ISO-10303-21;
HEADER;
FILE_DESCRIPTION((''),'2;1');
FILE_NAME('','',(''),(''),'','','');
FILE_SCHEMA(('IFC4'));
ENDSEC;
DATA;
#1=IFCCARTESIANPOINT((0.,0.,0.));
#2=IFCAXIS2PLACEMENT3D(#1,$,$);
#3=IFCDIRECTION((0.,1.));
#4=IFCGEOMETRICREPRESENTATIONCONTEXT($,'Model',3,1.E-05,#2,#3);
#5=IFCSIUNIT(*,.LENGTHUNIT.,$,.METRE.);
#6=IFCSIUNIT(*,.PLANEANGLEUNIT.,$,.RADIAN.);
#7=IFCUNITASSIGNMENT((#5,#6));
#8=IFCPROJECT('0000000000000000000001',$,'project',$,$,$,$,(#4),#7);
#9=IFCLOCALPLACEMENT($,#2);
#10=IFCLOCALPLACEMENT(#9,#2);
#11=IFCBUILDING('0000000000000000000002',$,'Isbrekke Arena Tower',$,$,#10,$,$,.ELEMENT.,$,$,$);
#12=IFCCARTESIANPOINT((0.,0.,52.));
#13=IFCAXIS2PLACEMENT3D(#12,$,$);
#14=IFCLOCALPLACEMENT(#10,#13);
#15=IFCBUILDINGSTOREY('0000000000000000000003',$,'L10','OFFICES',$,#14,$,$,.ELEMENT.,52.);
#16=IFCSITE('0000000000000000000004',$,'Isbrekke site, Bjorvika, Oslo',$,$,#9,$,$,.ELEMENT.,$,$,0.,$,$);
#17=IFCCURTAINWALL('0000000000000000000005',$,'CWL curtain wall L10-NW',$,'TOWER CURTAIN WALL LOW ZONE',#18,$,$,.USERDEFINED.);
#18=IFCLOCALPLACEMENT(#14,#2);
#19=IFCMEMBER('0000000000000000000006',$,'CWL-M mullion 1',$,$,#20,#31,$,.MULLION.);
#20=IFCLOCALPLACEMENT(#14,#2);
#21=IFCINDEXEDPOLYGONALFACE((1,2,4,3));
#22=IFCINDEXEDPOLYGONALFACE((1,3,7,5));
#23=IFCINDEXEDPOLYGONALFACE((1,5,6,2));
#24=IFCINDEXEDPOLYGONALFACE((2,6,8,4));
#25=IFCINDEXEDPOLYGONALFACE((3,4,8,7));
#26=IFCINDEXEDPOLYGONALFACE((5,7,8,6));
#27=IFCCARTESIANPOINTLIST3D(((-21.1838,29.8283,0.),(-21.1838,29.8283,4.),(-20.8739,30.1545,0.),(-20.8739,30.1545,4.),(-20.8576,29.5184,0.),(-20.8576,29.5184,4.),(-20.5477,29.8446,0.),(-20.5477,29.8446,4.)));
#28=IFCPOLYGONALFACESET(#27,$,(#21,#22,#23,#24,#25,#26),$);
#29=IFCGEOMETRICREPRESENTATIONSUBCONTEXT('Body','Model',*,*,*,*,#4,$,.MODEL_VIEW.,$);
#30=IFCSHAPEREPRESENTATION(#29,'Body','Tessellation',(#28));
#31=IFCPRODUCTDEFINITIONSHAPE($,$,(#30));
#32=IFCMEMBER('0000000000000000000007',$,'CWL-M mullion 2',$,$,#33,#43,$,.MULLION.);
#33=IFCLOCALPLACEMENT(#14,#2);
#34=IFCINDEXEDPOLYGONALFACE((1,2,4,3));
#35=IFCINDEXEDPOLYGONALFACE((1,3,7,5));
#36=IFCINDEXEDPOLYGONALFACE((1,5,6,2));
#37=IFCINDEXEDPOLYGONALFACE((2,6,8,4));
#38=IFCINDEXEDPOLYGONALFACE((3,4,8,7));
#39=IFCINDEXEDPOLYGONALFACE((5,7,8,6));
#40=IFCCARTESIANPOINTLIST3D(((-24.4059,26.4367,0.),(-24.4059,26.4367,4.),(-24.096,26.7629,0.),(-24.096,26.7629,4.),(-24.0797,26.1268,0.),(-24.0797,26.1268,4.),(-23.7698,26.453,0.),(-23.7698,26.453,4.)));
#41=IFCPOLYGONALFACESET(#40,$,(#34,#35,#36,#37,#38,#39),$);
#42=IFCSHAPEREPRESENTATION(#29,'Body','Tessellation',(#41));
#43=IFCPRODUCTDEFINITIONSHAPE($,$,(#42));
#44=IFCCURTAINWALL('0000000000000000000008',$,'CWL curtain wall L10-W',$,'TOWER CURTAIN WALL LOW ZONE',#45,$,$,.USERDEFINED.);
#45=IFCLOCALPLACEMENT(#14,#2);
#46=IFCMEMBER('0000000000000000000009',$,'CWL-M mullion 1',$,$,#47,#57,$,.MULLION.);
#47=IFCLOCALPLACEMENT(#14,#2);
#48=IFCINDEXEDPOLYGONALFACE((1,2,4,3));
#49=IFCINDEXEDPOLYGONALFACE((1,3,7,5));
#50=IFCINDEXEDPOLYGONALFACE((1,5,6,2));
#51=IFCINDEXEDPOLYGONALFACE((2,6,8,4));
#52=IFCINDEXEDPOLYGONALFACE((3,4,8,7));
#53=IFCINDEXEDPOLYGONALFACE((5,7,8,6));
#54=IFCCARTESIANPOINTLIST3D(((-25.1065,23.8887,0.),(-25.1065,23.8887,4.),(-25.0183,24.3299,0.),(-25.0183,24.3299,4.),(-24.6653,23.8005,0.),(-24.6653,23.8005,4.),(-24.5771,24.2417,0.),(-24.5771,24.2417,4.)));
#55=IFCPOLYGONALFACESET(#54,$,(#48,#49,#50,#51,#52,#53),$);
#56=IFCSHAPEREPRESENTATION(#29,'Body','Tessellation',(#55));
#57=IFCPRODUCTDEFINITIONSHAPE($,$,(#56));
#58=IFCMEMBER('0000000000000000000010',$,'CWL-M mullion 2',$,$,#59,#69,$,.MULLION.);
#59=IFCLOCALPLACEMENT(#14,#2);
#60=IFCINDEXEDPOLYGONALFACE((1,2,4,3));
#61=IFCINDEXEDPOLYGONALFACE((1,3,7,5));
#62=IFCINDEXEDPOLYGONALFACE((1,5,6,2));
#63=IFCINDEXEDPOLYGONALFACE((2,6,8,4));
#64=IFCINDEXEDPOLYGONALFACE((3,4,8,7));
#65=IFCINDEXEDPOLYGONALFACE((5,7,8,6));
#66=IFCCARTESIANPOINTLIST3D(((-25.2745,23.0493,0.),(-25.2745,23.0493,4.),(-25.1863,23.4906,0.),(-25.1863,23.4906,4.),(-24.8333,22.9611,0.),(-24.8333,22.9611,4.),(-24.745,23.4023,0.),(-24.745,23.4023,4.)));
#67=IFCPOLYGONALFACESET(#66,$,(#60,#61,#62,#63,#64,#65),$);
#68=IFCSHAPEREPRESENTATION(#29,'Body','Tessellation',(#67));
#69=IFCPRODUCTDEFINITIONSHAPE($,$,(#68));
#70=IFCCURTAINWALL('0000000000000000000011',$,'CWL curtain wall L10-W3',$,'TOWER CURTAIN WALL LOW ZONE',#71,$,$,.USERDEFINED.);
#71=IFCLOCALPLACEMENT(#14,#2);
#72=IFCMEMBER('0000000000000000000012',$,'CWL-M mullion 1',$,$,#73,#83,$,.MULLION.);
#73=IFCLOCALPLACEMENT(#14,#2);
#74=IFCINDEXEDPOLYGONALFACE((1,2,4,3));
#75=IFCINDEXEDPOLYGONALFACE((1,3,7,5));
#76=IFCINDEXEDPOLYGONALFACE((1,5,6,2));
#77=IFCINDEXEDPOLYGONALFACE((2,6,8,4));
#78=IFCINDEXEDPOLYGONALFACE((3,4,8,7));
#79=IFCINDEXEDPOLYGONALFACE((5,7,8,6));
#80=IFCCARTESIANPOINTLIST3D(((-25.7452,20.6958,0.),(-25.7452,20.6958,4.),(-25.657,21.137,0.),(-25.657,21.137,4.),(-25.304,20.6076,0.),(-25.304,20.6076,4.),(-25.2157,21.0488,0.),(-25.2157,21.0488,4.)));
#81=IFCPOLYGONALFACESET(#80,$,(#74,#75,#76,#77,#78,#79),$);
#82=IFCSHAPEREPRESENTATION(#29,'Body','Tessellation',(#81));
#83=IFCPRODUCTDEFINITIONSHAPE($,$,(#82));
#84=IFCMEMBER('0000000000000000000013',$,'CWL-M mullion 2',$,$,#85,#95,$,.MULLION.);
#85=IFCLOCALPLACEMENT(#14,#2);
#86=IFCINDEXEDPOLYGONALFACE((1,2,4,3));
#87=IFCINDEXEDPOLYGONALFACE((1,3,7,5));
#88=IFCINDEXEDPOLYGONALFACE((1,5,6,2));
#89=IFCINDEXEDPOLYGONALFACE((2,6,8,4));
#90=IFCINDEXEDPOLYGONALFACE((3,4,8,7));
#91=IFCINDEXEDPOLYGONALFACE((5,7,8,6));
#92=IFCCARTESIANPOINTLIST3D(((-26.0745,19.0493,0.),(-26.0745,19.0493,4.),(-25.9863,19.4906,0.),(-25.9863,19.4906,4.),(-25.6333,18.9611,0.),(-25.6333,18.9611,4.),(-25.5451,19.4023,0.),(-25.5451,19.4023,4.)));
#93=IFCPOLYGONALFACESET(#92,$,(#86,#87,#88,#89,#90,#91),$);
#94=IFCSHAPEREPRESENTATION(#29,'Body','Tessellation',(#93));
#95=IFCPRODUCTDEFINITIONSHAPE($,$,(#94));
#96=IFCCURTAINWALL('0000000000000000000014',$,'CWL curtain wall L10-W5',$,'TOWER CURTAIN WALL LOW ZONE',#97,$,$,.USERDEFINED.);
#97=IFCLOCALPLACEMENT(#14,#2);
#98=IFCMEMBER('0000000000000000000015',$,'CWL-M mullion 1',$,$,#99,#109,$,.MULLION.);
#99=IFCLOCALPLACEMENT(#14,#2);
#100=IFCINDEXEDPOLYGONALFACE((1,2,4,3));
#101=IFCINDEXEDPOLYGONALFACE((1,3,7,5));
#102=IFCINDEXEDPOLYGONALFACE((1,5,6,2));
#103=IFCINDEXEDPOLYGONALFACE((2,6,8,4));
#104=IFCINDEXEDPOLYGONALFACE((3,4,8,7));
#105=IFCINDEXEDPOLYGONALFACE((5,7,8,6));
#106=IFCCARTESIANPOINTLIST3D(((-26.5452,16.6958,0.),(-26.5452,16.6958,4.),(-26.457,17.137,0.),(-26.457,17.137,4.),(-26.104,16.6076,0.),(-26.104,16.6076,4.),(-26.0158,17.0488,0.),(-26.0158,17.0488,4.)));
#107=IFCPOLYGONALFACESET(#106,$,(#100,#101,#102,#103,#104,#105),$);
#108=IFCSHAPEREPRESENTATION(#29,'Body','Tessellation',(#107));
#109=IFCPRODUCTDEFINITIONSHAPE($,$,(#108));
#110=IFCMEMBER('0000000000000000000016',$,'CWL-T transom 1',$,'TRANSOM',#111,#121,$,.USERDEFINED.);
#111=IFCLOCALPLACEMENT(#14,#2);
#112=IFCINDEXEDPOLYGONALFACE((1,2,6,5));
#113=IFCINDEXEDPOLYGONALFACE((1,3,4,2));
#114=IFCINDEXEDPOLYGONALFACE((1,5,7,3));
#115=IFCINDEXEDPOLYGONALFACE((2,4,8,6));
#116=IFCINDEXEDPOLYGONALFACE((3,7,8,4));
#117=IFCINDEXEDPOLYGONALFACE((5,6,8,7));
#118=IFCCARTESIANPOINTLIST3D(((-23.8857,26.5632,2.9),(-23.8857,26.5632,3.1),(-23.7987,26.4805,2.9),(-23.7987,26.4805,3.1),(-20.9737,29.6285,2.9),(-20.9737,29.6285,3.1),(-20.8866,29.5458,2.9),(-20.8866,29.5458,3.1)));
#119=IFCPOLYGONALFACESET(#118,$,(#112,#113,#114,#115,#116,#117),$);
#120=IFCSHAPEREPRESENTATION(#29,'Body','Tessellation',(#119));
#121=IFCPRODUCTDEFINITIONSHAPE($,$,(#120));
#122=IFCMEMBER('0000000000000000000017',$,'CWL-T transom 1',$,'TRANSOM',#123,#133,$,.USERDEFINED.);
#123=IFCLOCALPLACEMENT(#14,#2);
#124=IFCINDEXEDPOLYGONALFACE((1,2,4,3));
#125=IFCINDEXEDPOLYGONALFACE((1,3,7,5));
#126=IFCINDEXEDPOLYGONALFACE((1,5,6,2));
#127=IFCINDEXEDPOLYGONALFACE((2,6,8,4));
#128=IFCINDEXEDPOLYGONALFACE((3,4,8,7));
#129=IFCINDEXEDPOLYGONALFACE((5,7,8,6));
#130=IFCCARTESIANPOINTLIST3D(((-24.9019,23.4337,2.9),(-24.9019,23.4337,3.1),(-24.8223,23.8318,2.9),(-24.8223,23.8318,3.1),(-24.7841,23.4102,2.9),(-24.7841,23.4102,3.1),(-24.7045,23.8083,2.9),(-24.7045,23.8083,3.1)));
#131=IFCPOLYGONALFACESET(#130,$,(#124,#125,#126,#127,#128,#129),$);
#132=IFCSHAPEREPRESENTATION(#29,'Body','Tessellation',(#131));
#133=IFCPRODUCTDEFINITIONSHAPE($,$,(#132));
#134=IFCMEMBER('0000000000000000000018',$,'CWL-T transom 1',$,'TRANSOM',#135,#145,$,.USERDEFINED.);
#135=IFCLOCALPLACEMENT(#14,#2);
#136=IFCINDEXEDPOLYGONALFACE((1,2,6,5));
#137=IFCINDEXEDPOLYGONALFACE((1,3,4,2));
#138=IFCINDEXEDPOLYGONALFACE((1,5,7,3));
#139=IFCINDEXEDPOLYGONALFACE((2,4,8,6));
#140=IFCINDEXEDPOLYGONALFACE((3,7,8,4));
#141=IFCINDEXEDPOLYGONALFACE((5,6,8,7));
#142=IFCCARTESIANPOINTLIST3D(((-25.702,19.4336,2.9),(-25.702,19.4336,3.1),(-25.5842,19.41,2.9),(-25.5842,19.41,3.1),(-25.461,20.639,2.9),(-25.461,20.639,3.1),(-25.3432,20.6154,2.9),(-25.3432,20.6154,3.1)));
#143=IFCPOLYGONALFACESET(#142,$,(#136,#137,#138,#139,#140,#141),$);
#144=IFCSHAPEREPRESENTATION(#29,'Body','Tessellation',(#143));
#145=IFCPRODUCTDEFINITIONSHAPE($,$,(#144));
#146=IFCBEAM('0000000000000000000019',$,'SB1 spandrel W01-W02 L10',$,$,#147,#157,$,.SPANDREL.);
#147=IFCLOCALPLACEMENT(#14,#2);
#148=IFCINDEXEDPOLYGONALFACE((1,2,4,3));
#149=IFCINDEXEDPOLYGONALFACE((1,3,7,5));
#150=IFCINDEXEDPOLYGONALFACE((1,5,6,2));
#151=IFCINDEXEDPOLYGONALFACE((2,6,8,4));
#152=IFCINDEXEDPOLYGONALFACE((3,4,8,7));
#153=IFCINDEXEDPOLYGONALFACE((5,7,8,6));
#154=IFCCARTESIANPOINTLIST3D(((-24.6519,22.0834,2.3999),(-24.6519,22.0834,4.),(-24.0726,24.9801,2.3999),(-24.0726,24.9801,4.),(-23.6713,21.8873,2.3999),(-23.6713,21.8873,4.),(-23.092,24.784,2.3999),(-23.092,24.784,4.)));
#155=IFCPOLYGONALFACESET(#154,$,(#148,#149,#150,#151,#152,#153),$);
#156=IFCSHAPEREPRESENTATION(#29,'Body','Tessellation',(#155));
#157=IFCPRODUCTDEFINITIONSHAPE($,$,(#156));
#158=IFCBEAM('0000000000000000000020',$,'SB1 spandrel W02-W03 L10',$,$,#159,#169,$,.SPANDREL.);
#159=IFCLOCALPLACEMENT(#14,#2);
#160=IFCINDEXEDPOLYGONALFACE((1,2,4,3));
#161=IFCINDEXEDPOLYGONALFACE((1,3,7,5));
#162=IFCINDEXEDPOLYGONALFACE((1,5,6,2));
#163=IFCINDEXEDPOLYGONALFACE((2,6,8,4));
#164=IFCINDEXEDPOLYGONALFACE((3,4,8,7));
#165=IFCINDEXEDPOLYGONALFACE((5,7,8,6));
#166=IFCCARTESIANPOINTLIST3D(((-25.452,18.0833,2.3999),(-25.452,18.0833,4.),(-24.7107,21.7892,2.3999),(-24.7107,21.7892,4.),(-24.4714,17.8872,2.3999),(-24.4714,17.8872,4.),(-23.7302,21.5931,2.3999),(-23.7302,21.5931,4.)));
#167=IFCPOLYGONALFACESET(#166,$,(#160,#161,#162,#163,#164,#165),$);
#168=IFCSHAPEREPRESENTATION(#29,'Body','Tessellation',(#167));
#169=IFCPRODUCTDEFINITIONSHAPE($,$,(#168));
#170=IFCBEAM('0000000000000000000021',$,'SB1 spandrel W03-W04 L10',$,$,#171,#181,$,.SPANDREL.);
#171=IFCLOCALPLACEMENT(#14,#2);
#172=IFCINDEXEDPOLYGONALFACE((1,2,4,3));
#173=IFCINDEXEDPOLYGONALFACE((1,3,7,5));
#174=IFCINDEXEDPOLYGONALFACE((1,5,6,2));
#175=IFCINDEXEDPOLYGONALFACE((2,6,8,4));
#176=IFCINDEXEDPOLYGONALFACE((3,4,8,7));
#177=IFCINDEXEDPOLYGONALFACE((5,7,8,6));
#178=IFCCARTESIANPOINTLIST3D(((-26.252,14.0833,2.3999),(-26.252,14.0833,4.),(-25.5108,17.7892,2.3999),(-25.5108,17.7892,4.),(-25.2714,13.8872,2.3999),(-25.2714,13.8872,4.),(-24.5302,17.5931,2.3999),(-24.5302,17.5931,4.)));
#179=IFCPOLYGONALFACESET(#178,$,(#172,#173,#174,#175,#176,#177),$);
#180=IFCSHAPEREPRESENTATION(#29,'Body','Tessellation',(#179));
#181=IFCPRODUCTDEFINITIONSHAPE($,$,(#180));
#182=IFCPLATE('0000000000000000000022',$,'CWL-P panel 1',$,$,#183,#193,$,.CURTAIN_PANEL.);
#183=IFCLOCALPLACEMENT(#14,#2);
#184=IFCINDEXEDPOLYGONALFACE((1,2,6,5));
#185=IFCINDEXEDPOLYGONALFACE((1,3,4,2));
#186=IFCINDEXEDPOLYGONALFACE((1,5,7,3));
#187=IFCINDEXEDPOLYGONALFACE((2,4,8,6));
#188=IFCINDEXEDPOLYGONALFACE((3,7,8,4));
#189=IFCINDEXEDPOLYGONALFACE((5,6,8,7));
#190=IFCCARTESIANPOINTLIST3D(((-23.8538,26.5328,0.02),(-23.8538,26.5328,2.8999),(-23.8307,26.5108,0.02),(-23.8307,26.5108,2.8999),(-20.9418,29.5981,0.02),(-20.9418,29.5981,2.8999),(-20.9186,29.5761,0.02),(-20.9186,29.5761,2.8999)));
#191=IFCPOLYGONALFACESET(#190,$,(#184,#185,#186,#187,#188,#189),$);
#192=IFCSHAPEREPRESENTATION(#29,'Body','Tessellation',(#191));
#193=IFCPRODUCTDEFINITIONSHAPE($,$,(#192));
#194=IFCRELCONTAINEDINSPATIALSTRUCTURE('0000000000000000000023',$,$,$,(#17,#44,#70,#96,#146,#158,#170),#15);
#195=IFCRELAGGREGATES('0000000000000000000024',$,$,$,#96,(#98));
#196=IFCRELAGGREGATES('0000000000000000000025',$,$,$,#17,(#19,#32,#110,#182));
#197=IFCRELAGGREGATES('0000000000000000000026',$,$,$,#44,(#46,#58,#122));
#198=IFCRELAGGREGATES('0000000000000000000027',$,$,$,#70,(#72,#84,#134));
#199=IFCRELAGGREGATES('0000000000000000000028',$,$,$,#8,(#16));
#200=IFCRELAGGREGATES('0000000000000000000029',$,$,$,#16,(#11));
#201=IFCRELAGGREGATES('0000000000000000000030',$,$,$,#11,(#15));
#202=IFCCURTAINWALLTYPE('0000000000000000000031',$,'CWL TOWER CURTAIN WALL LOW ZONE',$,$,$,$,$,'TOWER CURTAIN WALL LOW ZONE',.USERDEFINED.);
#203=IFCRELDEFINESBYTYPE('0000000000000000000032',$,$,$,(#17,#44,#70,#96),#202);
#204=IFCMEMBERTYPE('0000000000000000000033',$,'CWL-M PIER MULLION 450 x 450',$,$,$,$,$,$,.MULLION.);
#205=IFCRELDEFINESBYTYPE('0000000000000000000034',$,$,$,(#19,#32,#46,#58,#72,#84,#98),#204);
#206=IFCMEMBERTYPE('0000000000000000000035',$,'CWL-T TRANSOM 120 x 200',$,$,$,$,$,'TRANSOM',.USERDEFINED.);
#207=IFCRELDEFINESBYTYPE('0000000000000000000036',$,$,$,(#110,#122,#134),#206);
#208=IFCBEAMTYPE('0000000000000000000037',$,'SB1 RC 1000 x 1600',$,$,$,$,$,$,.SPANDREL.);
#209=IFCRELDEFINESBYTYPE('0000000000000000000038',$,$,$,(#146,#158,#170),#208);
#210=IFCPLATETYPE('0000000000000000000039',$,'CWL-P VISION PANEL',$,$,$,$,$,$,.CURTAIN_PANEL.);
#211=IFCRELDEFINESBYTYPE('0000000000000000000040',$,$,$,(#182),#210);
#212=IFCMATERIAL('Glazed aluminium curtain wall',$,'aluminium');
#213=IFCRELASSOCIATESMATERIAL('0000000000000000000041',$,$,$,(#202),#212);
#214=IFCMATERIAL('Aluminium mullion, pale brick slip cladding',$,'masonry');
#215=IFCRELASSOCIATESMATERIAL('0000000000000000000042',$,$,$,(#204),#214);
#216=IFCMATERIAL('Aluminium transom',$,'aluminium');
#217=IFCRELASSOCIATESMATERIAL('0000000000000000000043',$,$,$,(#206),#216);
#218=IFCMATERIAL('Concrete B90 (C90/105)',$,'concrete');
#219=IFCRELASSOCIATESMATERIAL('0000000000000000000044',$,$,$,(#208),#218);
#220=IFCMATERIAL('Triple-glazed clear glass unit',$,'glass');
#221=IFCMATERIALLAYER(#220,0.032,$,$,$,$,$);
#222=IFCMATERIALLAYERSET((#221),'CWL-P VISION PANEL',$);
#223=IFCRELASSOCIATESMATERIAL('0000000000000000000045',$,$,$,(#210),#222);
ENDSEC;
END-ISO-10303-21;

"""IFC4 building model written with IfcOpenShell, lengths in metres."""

from ifc_helpers import new_model, si_unit, direction, frame, origin, origin_2d, place, context, subcontext, project, spatial, rectangle, extrude, material, layer, layer_set, material_profile, profile_set, type_object, element, aggregate, save


model = new_model("IFC4")

# Units and contexts
model_context = context("Model", 3, precision=1e-05, world=origin(), true_north=direction((0.0, 1.0)))
body_context = subcontext(model_context, "Body", "Model", "MODEL_VIEW")
ifc_project = project(units=[si_unit("LENGTHUNIT", "METRE"), si_unit("PLANEANGLEUNIT", "RADIAN")], contexts=[model_context])

# Site, building, storey
site_placement = place(None, origin())
site = spatial("IfcSite", under=ifc_project, at=site_placement, Name="Isbrekke site, Bjorvika, Oslo", CompositionType="ELEMENT", RefElevation=0.0)
building_placement = place(site_placement, origin())
building = spatial("IfcBuilding", under=site, at=building_placement, Name="Isbrekke Arena Tower", CompositionType="ELEMENT")
storey_placement = place(building_placement, frame((0.0, 0.0, 52.0)))
storey = spatial("IfcBuildingStorey", under=building, at=storey_placement, Name="L10", Description="OFFICES", CompositionType="ELEMENT", Elevation=52.0)

# Shared definitions
ifc_material_1 = material(Name="Glazed aluminium curtain wall", Category="aluminium")
curtain_wall_type = type_object("IfcCurtainWallType", Name="CWL TOWER CURTAIN WALL LOW ZONE", ElementType="TOWER CURTAIN WALL LOW ZONE", PredefinedType="USERDEFINED", material=ifc_material_1)
ifc_material_2 = material(Name="Aluminium mullion, pale brick slip cladding", Category="masonry")
ifc_material_profile_1 = material_profile(ifc_material_2, rectangle(XDim=0.45, YDim=0.45, at=origin_2d()), Name="PIER 450X450")
ifc_profile_set_1 = profile_set([ifc_material_profile_1], Name="Aluminium mullion, pale brick slip cladding")
member_type_1 = type_object("IfcMemberType", Name="CWL-M PIER MULLION 450 x 450", PredefinedType="MULLION", material=ifc_profile_set_1)

# Curtain walls, members
curtain_wall_1_placement = place(storey_placement, origin())
curtain_wall_1 = element("IfcCurtainWall", 1, at=curtain_wall_1_placement, inside=storey, type_object=curtain_wall_type, Name="CWL curtain wall L10-NW", ObjectType="TOWER CURTAIN WALL LOW ZONE", PredefinedType="USERDEFINED")
member_1_placement = place(storey_placement, frame((-20.8657, 29.8364, 0.0), z_axis=(0.0, 0.0, 1.0), x_axis=(-0.688749, -0.724999, 0.0)))
member_1 = element("IfcMember", 2, at=member_1_placement, type_object=member_type_1, Name="CWL-M mullion 1", PredefinedType="MULLION", context=body_context, shape_type="SweptSolid", body=[
    extrude(rectangle(XDim=0.45, YDim=0.45, at=origin_2d()), origin(), (0.0, 0.0, 1.0), 4.0),
])
member_2_placement = place(storey_placement, frame((-24.0879, 26.4448, 0.0), z_axis=(0.0, 0.0, 1.0), x_axis=(-0.688749, -0.724999, 0.0)))
member_2 = element("IfcMember", 3, at=member_2_placement, type_object=member_type_1, Name="CWL-M mullion 2", PredefinedType="MULLION", context=body_context, shape_type="SweptSolid", body=[
    extrude(rectangle(XDim=0.45, YDim=0.45, at=origin_2d()), origin(), (0.0, 0.0, 1.0), 4.0),
])
curtain_wall_2_placement = place(storey_placement, origin())
curtain_wall_2 = element("IfcCurtainWall", 4, at=curtain_wall_2_placement, inside=storey, type_object=curtain_wall_type, Name="CWL curtain wall L10-W", ObjectType="TOWER CURTAIN WALL LOW ZONE", PredefinedType="USERDEFINED")
member_3_placement = place(storey_placement, frame((-24.8418, 24.0652, 0.0), z_axis=(0.0, 0.0, 1.0), x_axis=(-0.196116, -0.980581, 0.0)))
member_3 = element("IfcMember", 5, at=member_3_placement, type_object=member_type_1, Name="CWL-M mullion 1", PredefinedType="MULLION", context=body_context, shape_type="SweptSolid", body=[
    extrude(rectangle(XDim=0.45, YDim=0.45, at=origin_2d()), origin(), (0.0, 0.0, 1.0), 4.0),
])
member_4_placement = place(storey_placement, frame((-25.0098, 23.2258, 0.0), z_axis=(0.0, 0.0, 1.0), x_axis=(-0.196116, -0.980581, 0.0)))
member_4 = element("IfcMember", 6, at=member_4_placement, type_object=member_type_1, Name="CWL-M mullion 2", PredefinedType="MULLION", context=body_context, shape_type="SweptSolid", body=[
    extrude(rectangle(XDim=0.45, YDim=0.45, at=origin_2d()), origin(), (0.0, 0.0, 1.0), 4.0),
])
curtain_wall_3_placement = place(storey_placement, origin())
curtain_wall_3 = element("IfcCurtainWall", 7, at=curtain_wall_3_placement, inside=storey, type_object=curtain_wall_type, Name="CWL curtain wall L10-W3", ObjectType="TOWER CURTAIN WALL LOW ZONE", PredefinedType="USERDEFINED")
member_5_placement = place(storey_placement, frame((-25.4805, 20.8723, 0.0), z_axis=(0.0, 0.0, 1.0), x_axis=(-0.196116, -0.980581, 0.0)))
member_5 = element("IfcMember", 8, at=member_5_placement, type_object=member_type_1, Name="CWL-M mullion 1", PredefinedType="MULLION", context=body_context, shape_type="SweptSolid", body=[
    extrude(rectangle(XDim=0.45, YDim=0.45, at=origin_2d()), origin(), (0.0, 0.0, 1.0), 4.0),
])
member_6_placement = place(storey_placement, frame((-25.8098, 19.2258, 0.0), z_axis=(0.0, 0.0, 1.0), x_axis=(-0.196116, -0.980581, 0.0)))
member_6 = element("IfcMember", 9, at=member_6_placement, type_object=member_type_1, Name="CWL-M mullion 2", PredefinedType="MULLION", context=body_context, shape_type="SweptSolid", body=[
    extrude(rectangle(XDim=0.45, YDim=0.45, at=origin_2d()), origin(), (0.0, 0.0, 1.0), 4.0),
])

# Curtain wall, member
curtain_wall_4_placement = place(storey_placement, origin())
curtain_wall_4 = element("IfcCurtainWall", 10, at=curtain_wall_4_placement, inside=storey, type_object=curtain_wall_type, Name="CWL curtain wall L10-W5", ObjectType="TOWER CURTAIN WALL LOW ZONE", PredefinedType="USERDEFINED")
member_7_placement = place(storey_placement, frame((-26.2805, 16.8723, 0.0), z_axis=(0.0, 0.0, 1.0), x_axis=(-0.196116, -0.980581, 0.0)))
member_7 = element("IfcMember", 11, at=member_7_placement, type_object=member_type_1, Name="CWL-M mullion 1", PredefinedType="MULLION", context=body_context, shape_type="SweptSolid", body=[
    extrude(rectangle(XDim=0.45, YDim=0.45, at=origin_2d()), origin(), (0.0, 0.0, 1.0), 4.0),
])
aggregate(curtain_wall_4, [member_7])

# Members
ifc_material_3 = material(Name="Aluminium transom", Category="aluminium")
ifc_material_profile_2 = material_profile(ifc_material_3, rectangle(XDim=0.1201, YDim=0.2, at=origin_2d()), Name="TRANSOM 120X200")
ifc_profile_set_2 = profile_set([ifc_material_profile_2], Name="Aluminium transom")
member_type_2 = type_object("IfcMemberType", Name="CWL-T TRANSOM 120 x 200", ElementType="TRANSOM", PredefinedType="USERDEFINED", material=ifc_profile_set_2)
member_8_placement = place(storey_placement, frame((-20.9302, 29.5872, 3.0), z_axis=(-0.688743, -0.725005, 0.0), x_axis=(0.725005, -0.688743, 0.0)))
member_8 = element("IfcMember", 12, at=member_8_placement, type_object=member_type_2, Name="CWL-T transom 1", ObjectType="TRANSOM", PredefinedType="USERDEFINED", context=body_context, shape_type="SweptSolid", body=[
    extrude(rectangle(XDim=0.1201, YDim=0.2, at=origin_2d()), origin(), (0.0, 0.0, 1.0), 4.228),
])
member_9_placement = place(storey_placement, frame((-24.7634, 23.8201, 3.0), z_axis=(-0.196001, -0.980604, 0.0), x_axis=(0.980604, -0.196001, 0.0)))
member_9 = element("IfcMember", 13, at=member_9_placement, type_object=member_type_2, Name="CWL-T transom 1", ObjectType="TRANSOM", PredefinedType="USERDEFINED", context=body_context, shape_type="SweptSolid", body=[
    extrude(rectangle(XDim=0.1201, YDim=0.2, at=origin_2d()), origin(), (0.0, 0.0, 1.0), 0.406),
])
member_10_placement = place(storey_placement, frame((-25.4021, 20.6272, 3.0), z_axis=(-0.19604, -0.980596, 0.0), x_axis=(0.980596, -0.19604, 0.0)))
member_10 = element("IfcMember", 14, at=member_10_placement, type_object=member_type_2, Name="CWL-T transom 1", ObjectType="TRANSOM", PredefinedType="USERDEFINED", context=body_context, shape_type="SweptSolid", body=[
    extrude(rectangle(XDim=0.1201, YDim=0.2, at=origin_2d()), origin(), (0.0, 0.0, 1.0), 1.2292),
])

# Beams
ifc_material_4 = material(Name="Concrete B90 (C90/105)", Category="concrete")
ifc_material_profile_3 = material_profile(ifc_material_4, rectangle(XDim=1.0, YDim=1.6001, at=origin_2d()), Name="RC 1000x1600")
ifc_profile_set_3 = profile_set([ifc_material_profile_3], Name="Concrete B90 (C90/105)")
beam_type_1 = type_object("IfcBeamType", Name="SB1 RC 1000 x 1600", PredefinedType="SPANDREL", material=ifc_profile_set_3)
beam_1_placement = place(storey_placement, frame((-23.5823, 24.8821, 3.2), z_axis=(-0.196116, -0.980581, 0.0), x_axis=(0.980581, -0.196116, 0.0)))
element("IfcBeam", 15, at=beam_1_placement, inside=storey, type_object=beam_type_1, Name="SB1 spandrel W01-W02 L10", PredefinedType="SPANDREL", context=body_context, shape_type="SweptSolid", body=[
    extrude(rectangle(XDim=1.0, YDim=1.6001, at=origin_2d()), origin(), (0.0, 0.0, 1.0), 2.9541),
])
for number, where, z_axis, x_axis, name in (
    (16, (-24.2205, 21.6912, 3.2), (-0.196129, -0.980578, 0.0), (0.980578, -0.196129, 0.0), "SB1 spandrel W02-W03 L10"),
    (17, (-25.0205, 17.6912, 3.2), (-0.196129, -0.980578, 0.0), (0.980578, -0.196129, 0.0), "SB1 spandrel W03-W04 L10"),
):
    element("IfcBeam", number, at=place(storey_placement, frame(where, z_axis=z_axis, x_axis=x_axis)), inside=storey, type_object=beam_type_1, Name=name, PredefinedType="SPANDREL", context=body_context, shape_type="SweptSolid", body=[
        extrude(rectangle(XDim=1.0, YDim=1.6001, at=origin_2d()), origin(), (0.0, 0.0, 1.0), 3.7793),
    ])

# Plate
ifc_material_5 = material(Name="Triple-glazed clear glass unit", Category="glass")
ifc_layer_1 = layer(ifc_material_5, 0.032)
ifc_layer_set_1 = layer_set([ifc_layer_1], Name="CWL-P VISION PANEL")
plate_type = type_object("IfcPlateType", Name="CWL-P VISION PANEL", PredefinedType="CURTAIN_PANEL", material=ifc_layer_set_1)
plate_1_placement = place(storey_placement, frame((-22.3862, 28.0544, 0.02), z_axis=(0.0, 0.0, 1.0), x_axis=(-0.688749, -0.724999, 0.0)))
plate_1 = element("IfcPlate", 18, at=plate_1_placement, type_object=plate_type, Name="CWL-P panel 1", PredefinedType="CURTAIN_PANEL", context=body_context, shape_type="SweptSolid", body=[
    extrude(rectangle(XDim=4.228, YDim=0.032, at=origin_2d()), origin(), (0.0, 0.0, 1.0), 2.8799),
])
aggregate(curtain_wall_1, [member_1, member_2, member_8, plate_1])
aggregate(curtain_wall_2, [member_3, member_4, member_9])
aggregate(curtain_wall_3, [member_5, member_6, member_10])

save(model, "model.ifc")
